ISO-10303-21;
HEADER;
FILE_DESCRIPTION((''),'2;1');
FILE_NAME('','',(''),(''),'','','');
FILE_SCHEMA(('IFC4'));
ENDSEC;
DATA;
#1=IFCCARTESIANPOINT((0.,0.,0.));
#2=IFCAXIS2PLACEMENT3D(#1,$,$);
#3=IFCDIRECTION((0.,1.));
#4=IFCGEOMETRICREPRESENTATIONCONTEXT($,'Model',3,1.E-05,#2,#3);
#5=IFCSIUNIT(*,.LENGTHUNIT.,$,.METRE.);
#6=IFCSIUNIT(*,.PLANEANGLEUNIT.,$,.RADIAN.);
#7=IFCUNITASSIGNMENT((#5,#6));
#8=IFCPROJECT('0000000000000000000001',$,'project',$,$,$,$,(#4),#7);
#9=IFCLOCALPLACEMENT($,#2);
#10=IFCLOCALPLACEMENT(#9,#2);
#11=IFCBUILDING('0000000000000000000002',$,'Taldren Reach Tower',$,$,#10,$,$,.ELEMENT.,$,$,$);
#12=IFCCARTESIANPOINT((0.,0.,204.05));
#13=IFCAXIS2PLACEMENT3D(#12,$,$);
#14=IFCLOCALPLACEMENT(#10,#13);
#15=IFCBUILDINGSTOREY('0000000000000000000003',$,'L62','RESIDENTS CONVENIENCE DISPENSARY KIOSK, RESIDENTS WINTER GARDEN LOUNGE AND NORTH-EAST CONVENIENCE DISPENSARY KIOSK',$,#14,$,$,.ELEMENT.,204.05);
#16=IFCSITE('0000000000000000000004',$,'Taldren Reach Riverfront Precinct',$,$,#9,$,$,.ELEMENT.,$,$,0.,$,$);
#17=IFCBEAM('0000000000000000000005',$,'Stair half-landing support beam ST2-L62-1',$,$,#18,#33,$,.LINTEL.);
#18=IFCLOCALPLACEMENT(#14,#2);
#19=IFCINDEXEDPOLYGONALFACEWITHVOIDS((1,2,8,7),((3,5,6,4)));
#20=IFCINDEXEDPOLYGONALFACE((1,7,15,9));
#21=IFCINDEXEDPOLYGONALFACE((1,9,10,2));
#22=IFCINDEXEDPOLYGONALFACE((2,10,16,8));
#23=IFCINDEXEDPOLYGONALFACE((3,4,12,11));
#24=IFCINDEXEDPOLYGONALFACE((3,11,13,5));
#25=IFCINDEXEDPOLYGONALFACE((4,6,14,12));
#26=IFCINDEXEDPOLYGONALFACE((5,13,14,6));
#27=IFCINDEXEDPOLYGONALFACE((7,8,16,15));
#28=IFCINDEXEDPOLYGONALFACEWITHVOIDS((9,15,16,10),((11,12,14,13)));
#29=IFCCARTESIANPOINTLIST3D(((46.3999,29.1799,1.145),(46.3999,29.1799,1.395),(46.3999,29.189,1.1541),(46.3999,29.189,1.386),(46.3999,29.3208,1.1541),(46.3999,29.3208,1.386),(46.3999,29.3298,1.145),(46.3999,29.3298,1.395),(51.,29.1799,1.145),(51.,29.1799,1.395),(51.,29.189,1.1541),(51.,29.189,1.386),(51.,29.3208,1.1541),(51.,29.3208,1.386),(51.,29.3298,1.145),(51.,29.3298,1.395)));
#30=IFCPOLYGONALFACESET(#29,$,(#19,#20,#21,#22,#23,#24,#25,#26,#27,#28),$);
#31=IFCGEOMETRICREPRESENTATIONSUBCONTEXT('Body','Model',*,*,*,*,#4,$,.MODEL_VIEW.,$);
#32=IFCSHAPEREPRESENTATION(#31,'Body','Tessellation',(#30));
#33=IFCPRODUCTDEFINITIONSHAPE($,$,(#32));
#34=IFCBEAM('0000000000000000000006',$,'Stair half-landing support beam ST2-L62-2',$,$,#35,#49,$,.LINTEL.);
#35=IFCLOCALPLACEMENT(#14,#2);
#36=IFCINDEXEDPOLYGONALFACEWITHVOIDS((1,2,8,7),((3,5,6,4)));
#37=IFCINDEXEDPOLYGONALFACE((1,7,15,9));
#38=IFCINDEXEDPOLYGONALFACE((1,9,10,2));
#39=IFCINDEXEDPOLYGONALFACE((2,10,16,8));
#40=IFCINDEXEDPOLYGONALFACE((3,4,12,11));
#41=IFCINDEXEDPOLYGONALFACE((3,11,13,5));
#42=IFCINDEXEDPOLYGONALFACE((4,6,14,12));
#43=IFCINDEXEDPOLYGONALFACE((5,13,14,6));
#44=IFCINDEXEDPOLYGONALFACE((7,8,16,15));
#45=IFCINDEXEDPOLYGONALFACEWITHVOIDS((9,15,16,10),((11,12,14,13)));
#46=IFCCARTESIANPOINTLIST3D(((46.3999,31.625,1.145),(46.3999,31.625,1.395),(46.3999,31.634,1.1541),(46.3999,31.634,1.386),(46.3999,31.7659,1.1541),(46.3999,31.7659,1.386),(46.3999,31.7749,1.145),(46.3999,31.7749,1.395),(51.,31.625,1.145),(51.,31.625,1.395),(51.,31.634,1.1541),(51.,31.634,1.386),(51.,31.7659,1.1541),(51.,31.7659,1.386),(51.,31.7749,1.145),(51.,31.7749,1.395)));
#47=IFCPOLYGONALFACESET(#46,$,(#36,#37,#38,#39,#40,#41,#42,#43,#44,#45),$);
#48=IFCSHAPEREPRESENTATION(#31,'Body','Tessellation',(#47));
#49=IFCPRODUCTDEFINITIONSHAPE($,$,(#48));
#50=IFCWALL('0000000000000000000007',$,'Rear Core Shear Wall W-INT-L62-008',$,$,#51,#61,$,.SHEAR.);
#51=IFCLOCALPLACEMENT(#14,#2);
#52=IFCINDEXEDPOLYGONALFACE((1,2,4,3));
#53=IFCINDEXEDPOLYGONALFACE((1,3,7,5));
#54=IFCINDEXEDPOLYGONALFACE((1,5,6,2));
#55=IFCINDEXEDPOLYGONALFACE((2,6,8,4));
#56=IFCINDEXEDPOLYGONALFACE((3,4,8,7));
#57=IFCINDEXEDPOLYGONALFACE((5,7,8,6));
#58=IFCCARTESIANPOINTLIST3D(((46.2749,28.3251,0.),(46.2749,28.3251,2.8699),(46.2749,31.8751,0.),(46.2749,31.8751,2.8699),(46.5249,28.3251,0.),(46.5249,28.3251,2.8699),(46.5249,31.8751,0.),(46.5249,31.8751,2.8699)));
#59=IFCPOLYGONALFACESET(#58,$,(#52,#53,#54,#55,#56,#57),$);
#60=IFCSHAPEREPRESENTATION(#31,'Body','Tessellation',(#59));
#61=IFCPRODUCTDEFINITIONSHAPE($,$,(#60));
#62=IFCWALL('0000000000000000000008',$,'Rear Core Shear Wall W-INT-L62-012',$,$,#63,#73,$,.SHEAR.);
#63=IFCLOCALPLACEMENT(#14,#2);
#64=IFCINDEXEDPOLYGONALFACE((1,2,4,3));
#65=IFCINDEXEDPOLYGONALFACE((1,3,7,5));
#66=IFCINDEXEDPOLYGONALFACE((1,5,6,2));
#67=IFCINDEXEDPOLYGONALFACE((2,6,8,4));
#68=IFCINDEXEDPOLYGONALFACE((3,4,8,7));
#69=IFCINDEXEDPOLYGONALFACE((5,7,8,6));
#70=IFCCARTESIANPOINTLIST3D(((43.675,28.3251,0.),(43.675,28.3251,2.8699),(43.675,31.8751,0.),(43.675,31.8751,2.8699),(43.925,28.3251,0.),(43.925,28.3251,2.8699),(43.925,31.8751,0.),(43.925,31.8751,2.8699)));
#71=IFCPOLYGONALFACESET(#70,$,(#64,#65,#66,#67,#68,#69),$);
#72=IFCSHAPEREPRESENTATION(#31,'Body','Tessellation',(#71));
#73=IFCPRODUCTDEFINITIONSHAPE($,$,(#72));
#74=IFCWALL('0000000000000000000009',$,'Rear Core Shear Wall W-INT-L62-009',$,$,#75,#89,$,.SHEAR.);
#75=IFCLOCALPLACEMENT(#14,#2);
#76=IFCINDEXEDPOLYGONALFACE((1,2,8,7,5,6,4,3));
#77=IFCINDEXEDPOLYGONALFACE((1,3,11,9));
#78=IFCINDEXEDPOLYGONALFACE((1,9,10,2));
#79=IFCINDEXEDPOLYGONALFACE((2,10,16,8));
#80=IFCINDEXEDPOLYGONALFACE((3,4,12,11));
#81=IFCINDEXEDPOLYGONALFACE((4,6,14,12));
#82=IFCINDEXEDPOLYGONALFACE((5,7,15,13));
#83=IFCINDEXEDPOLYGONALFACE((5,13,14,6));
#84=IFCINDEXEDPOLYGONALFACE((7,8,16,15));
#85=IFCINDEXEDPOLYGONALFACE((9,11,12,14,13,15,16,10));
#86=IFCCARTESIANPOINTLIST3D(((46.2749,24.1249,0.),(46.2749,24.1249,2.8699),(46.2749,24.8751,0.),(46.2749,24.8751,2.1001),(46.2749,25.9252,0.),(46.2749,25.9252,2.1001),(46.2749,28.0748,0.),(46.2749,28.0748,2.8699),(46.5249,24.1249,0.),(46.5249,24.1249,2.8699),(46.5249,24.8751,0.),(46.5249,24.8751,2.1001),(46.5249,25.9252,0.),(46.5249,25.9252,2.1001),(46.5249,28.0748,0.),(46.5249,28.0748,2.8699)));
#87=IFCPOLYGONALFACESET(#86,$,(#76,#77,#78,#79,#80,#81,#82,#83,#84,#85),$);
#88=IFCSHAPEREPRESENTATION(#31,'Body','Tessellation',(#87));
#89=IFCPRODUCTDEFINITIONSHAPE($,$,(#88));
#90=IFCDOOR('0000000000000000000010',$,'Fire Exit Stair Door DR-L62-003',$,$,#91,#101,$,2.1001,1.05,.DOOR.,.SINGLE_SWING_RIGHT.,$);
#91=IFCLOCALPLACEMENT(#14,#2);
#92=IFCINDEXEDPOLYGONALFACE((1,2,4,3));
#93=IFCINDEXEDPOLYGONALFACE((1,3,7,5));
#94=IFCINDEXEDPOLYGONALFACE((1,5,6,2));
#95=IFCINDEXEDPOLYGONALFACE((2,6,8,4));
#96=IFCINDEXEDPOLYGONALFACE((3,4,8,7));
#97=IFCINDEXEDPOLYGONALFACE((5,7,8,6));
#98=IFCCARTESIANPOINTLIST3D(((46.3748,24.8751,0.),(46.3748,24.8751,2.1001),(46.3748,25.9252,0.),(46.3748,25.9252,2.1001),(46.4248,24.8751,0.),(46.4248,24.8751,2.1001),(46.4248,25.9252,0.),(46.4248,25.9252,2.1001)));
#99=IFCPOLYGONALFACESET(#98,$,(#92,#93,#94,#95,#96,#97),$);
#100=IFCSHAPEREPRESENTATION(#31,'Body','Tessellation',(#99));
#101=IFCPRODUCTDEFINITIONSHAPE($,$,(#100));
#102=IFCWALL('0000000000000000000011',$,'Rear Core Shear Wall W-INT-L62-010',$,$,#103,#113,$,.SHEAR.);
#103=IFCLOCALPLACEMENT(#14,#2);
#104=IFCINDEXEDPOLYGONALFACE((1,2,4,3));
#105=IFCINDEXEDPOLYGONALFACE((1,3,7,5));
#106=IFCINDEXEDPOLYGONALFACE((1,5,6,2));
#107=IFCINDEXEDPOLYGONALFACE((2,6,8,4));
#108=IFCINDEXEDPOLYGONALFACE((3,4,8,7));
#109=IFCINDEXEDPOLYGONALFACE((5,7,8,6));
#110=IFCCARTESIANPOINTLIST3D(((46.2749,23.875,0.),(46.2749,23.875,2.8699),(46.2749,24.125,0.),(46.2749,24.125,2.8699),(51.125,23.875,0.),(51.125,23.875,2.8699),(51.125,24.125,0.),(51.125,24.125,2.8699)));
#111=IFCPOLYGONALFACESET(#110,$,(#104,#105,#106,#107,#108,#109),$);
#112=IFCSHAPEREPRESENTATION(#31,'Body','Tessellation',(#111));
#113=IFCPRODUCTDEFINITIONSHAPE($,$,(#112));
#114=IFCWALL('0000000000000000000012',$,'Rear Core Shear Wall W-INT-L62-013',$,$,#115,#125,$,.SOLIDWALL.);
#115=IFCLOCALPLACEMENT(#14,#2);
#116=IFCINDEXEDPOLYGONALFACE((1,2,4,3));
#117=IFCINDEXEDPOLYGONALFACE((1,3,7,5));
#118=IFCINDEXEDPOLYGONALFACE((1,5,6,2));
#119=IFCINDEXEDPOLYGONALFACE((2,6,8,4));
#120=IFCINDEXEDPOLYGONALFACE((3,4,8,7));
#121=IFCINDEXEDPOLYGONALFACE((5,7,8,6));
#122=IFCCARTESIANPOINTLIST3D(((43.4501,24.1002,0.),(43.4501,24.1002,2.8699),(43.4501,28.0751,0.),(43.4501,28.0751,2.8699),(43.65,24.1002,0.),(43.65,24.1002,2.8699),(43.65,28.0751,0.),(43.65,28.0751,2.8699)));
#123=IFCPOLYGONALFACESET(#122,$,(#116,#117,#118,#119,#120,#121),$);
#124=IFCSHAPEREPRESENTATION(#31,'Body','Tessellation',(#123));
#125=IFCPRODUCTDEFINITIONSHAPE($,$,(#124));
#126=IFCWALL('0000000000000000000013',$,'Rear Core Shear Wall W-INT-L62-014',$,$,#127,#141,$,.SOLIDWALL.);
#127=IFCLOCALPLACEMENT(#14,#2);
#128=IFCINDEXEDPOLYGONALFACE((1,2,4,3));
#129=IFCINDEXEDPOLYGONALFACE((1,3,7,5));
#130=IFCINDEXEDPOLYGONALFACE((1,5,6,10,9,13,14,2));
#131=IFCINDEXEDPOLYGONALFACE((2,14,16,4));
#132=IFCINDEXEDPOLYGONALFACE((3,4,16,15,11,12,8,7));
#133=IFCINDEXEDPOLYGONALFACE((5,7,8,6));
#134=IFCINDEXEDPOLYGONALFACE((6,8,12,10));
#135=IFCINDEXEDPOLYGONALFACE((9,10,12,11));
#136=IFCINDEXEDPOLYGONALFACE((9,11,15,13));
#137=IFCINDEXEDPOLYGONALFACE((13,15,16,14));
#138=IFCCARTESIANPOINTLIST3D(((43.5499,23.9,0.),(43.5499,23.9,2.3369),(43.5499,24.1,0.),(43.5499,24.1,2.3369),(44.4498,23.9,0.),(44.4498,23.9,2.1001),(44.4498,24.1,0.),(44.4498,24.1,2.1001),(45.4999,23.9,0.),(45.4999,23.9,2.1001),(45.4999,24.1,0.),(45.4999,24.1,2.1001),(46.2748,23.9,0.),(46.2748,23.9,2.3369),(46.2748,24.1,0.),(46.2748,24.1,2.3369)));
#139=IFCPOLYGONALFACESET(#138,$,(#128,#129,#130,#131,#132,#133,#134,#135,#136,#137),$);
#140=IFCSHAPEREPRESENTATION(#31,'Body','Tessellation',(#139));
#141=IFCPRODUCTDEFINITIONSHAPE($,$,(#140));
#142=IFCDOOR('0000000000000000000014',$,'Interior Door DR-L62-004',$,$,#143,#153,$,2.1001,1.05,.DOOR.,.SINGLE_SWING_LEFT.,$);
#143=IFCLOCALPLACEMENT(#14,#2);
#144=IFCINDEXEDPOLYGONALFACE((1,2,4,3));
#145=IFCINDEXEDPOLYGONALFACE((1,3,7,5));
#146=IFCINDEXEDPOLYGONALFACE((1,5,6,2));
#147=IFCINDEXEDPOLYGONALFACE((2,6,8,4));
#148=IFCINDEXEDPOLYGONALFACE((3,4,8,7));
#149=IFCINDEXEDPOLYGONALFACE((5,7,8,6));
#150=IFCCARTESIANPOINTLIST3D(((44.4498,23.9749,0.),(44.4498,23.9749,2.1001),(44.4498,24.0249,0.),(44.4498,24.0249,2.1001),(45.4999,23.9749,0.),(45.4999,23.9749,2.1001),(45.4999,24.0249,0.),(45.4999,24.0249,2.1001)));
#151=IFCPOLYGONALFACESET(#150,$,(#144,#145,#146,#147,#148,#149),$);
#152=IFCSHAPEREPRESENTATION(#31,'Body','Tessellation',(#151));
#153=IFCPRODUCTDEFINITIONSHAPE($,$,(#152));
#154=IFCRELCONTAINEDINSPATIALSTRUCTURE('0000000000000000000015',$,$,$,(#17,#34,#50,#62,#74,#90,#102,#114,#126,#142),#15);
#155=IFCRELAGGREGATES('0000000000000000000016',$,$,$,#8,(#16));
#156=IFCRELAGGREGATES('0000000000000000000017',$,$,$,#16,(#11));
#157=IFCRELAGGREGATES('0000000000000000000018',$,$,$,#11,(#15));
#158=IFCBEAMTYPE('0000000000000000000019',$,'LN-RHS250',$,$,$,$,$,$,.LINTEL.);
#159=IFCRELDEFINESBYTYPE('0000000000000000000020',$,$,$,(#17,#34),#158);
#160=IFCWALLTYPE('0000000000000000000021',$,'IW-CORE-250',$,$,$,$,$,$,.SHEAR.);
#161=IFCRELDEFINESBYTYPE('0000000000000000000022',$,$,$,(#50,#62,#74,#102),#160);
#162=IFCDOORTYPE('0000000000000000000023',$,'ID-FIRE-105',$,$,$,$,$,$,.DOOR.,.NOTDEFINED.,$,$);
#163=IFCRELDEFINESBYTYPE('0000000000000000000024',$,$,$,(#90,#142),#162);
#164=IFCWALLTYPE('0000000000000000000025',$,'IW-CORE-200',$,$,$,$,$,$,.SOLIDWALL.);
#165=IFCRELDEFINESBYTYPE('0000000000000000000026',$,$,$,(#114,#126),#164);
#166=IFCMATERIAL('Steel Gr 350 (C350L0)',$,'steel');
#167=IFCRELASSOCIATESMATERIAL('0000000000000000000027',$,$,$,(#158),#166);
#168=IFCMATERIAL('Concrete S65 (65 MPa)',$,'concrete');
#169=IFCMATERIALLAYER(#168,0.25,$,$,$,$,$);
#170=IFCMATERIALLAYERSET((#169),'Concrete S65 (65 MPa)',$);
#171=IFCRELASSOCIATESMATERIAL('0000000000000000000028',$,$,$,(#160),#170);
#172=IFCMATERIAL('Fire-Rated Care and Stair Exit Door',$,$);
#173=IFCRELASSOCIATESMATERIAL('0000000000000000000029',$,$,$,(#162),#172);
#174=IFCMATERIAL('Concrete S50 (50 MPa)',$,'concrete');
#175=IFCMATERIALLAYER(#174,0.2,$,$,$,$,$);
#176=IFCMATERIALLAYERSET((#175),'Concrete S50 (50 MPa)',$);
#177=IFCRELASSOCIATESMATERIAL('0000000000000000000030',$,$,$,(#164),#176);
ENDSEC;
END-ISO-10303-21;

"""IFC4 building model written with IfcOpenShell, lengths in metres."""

from ifc_helpers import new_model, si_unit, direction, frame, frame_2d, origin, origin_2d, place, context, subcontext, project, spatial, rectangle, hollow_rectangle, extrude, source, transform, mapped, material, layer, layer_set, material_profile, profile_set, type_object, element, fill, save


model = new_model("IFC4")

# Units and contexts
model_context = context("Model", 3, precision=1e-05, world=origin(), true_north=direction((0.0, 1.0)))
body_context = subcontext(model_context, "Body", "Model", "MODEL_VIEW")
ifc_project = project(units=[si_unit("LENGTHUNIT", "METRE"), si_unit("PLANEANGLEUNIT", "RADIAN")], contexts=[model_context])

# Site, building, storey
site_placement = place(None, origin())
site = spatial("IfcSite", under=ifc_project, at=site_placement, Name="Taldren Reach Riverfront Precinct", CompositionType="ELEMENT", RefElevation=0.0)
building_placement = place(site_placement, origin())
building = spatial("IfcBuilding", under=site, at=building_placement, Name="Taldren Reach Tower", CompositionType="ELEMENT")
storey_placement = place(building_placement, frame((0.0, 0.0, 204.05)))
storey = spatial("IfcBuildingStorey", under=building, at=storey_placement, Name="L62", Description="RESIDENTS CONVENIENCE DISPENSARY KIOSK, RESIDENTS WINTER GARDEN LOUNGE AND NORTH-EAST CONVENIENCE DISPENSARY KIOSK", CompositionType="ELEMENT", Elevation=204.05)

# Beams
ifc_material_1 = material(Name="Steel Gr 350 (C350L0)", Category="steel")
ifc_material_profile = material_profile(ifc_material_1, hollow_rectangle(XDim=0.1499, YDim=0.25, WallThickness=0.009, at=origin_2d()), Name="250x150x9.0RHS")
ifc_profile_set = profile_set([ifc_material_profile], Name="Steel Gr 350 (C350L0)")
beam_type = type_object("IfcBeamType", Name="LN-RHS250", PredefinedType="LINTEL", material=ifc_profile_set)
shared_shape_1 = source(origin(), body_context, "Body", "SweptSolid", [
    extrude(hollow_rectangle(XDim=0.1499, YDim=0.25, WallThickness=0.009, at=origin_2d()), origin(), (0.0, 0.0, 1.0), 4.6001),
])
for number, where, z_axis, x_axis, name in (
    (1, (46.3999, 29.2549, 1.27), (1.0, 0.0, 0.0), (0.0, 1.0, 0.0), "Stair half-landing support beam ST2-L62-1"),
    (2, (46.3999, 31.7, 1.27), (1.0, 0.0, 0.0), (0.0, 1.0, 0.0), "Stair half-landing support beam ST2-L62-2"),
):
    element("IfcBeam", number, at=place(storey_placement, frame(where, z_axis=z_axis, x_axis=x_axis)), inside=storey, type_object=beam_type, Name=name, PredefinedType="LINTEL", context=body_context, shape_type="MappedRepresentation", body=[
        mapped(shared_shape_1, transform((0.0, 0.0, 0.0), scale=1.0)),
    ])

# Walls
ifc_material_2 = material(Name="Concrete S65 (65 MPa)", Category="concrete")
ifc_layer_1 = layer(ifc_material_2, 0.25)
ifc_layer_set_1 = layer_set([ifc_layer_1], Name="Concrete S65 (65 MPa)")
wall_type_1 = type_object("IfcWallType", Name="IW-CORE-250", PredefinedType="SHEAR", material=ifc_layer_set_1)
shared_shape_2 = source(origin(), body_context, "Body", "SweptSolid", [
    extrude(rectangle(XDim=3.55, YDim=0.25, at=frame_2d((1.7749, 0.0))), origin(), (0.0, 0.0, 1.0), 2.8699),
])
for number, where, z_axis, x_axis, name in (
    (3, (46.3999, 31.875, 0.0), (0.0, 0.0, 1.0), (0.0, -1.0, 0.0), "Rear Core Shear Wall W-INT-L62-008"),
    (4, (43.8, 31.875, 0.0), (0.0, 0.0, 1.0), (0.0, -1.0, 0.0), "Rear Core Shear Wall W-INT-L62-012"),
):
    element("IfcWall", number, at=place(storey_placement, frame(where, z_axis=z_axis, x_axis=x_axis)), inside=storey, type_object=wall_type_1, Name=name, PredefinedType="SHEAR", context=body_context, shape_type="MappedRepresentation", body=[
        mapped(shared_shape_2, transform((0.0, 0.0, 0.0), scale=1.0)),
    ])

# Wall, opening, door
shared_shape_3 = source(origin(), body_context, "Body", "SweptSolid", [
    extrude(rectangle(XDim=3.95, YDim=0.25, at=frame_2d((1.9751, 0.0))), origin(), (0.0, 0.0, 1.0), 2.8699),
])
wall_1_placement = place(storey_placement, frame((46.3999, 28.075, 0.0), z_axis=(0.0, 0.0, 1.0), x_axis=(0.0, -1.0, 0.0)))
wall_1 = element("IfcWall", 5, at=wall_1_placement, inside=storey, type_object=wall_type_1, Name="Rear Core Shear Wall W-INT-L62-009", PredefinedType="SHEAR", context=body_context, shape_type="MappedRepresentation", body=[
    mapped(shared_shape_3, transform((0.0, 0.0, 0.0), scale=1.0)),
])
shared_shape_4 = source(origin(), body_context, "Body", "SweptSolid", [
    extrude(rectangle(XDim=1.05, YDim=2.1001, at=frame_2d((0.5249, 1.05))), frame((0.0, 0.135, 0.0), z_axis=(0.0, -1.0, 0.0), x_axis=(1.0, 0.0, 0.0)), (0.0, 0.0, 1.0), 0.27),
])
opening_1_placement = place(wall_1_placement, frame((2.1499, 0.0, 0.0)))
opening_1 = element("IfcOpeningElement", 6, at=opening_1_placement, cuts=wall_1, PredefinedType="OPENING", context=body_context, shape_type="MappedRepresentation", body=[
    mapped(shared_shape_4, transform((0.0, 0.0, 0.0), scale=1.0)),
])
ifc_material_3 = material(Name="Fire-Rated Care and Stair Exit Door")
door_type_1 = type_object("IfcDoorType", Name="ID-FIRE-105", OperationType="NOTDEFINED", PredefinedType="DOOR", material=ifc_material_3)
shared_shape_5 = source(origin(), body_context, "Body", "SweptSolid", [
    extrude(rectangle(XDim=1.05, YDim=2.1001, at=frame_2d((0.5249, 1.05))), frame((0.0, 0.0249, 0.0), z_axis=(0.0, -1.0, 0.0), x_axis=(1.0, 0.0, 0.0)), (0.0, 0.0, 1.0), 0.05),
])
door_1_placement = place(opening_1_placement, origin())
door_1 = element("IfcDoor", 7, at=door_1_placement, inside=storey, type_object=door_type_1, Name="Fire Exit Stair Door DR-L62-003", OperationType="SINGLE_SWING_RIGHT", OverallHeight=2.1001, OverallWidth=1.05, PredefinedType="DOOR", context=body_context, shape_type="MappedRepresentation", body=[
    mapped(shared_shape_5, transform((0.0, 0.0, 0.0), scale=1.0)),
])
fill(opening_1, door_1)

# Wall
shared_shape_6 = source(origin(), body_context, "Body", "SweptSolid", [
    extrude(rectangle(XDim=4.8501, YDim=0.25, at=frame_2d((2.425, 0.0))), origin(), (0.0, 0.0, 1.0), 2.8699),
])
wall_2_placement = place(storey_placement, frame((46.2749, 24.0, 0.0), z_axis=(0.0, 0.0, 1.0), x_axis=(1.0, 0.0, 0.0)))
element("IfcWall", 8, at=wall_2_placement, inside=storey, type_object=wall_type_1, Name="Rear Core Shear Wall W-INT-L62-010", PredefinedType="SHEAR", context=body_context, shape_type="MappedRepresentation", body=[
    mapped(shared_shape_6, transform((0.0, 0.0, 0.0), scale=1.0)),
])

# Wall
ifc_material_4 = material(Name="Concrete S50 (50 MPa)", Category="concrete")
ifc_layer_2 = layer(ifc_material_4, 0.2)
ifc_layer_set_2 = layer_set([ifc_layer_2], Name="Concrete S50 (50 MPa)")
wall_type_2 = type_object("IfcWallType", Name="IW-CORE-200", PredefinedType="SOLIDWALL", material=ifc_layer_set_2)
shared_shape_7 = source(origin(), body_context, "Body", "SweptSolid", [
    extrude(rectangle(XDim=3.9749, YDim=0.2, at=frame_2d((1.9873, 0.0))), origin(), (0.0, 0.0, 1.0), 2.8699),
])
wall_3_placement = place(storey_placement, frame((43.55, 28.075, 0.0), z_axis=(0.0, 0.0, 1.0), x_axis=(0.0, -1.0, 0.0)))
element("IfcWall", 9, at=wall_3_placement, inside=storey, type_object=wall_type_2, Name="Rear Core Shear Wall W-INT-L62-013", PredefinedType="SOLIDWALL", context=body_context, shape_type="MappedRepresentation", body=[
    mapped(shared_shape_7, transform((0.0, 0.0, 0.0), scale=1.0)),
])

# Wall, opening, door
shared_shape_8 = source(origin(), body_context, "Body", "SweptSolid", [
    extrude(rectangle(XDim=2.7249, YDim=0.2, at=frame_2d((1.3623, 0.0))), origin(), (0.0, 0.0, 1.0), 2.3369),
])
wall_4_placement = place(storey_placement, frame((43.55, 24.0, 0.0), z_axis=(0.0, 0.0, 1.0), x_axis=(1.0, 0.0, 0.0)))
wall_4 = element("IfcWall", 10, at=wall_4_placement, inside=storey, type_object=wall_type_2, Name="Rear Core Shear Wall W-INT-L62-014", PredefinedType="SOLIDWALL", context=body_context, shape_type="MappedRepresentation", body=[
    mapped(shared_shape_8, transform((0.0, 0.0, 0.0), scale=1.0)),
])
shared_shape_9 = source(origin(), body_context, "Body", "SweptSolid", [
    extrude(rectangle(XDim=1.05, YDim=2.1001, at=frame_2d((0.5249, 1.05))), frame((0.0, 0.1099, 0.0), z_axis=(0.0, -1.0, 0.0), x_axis=(1.0, 0.0, 0.0)), (0.0, 0.0, 1.0), 0.22),
])
opening_2_placement = place(wall_4_placement, frame((0.8999, 0.0, 0.0)))
opening_2 = element("IfcOpeningElement", 11, at=opening_2_placement, cuts=wall_4, PredefinedType="OPENING", context=body_context, shape_type="MappedRepresentation", body=[
    mapped(shared_shape_9, transform((0.0, 0.0, 0.0), scale=1.0)),
])
door_2_placement = place(opening_2_placement, origin())
door_2 = element("IfcDoor", 12, at=door_2_placement, inside=storey, type_object=door_type_1, Name="Interior Door DR-L62-004", OperationType="SINGLE_SWING_LEFT", OverallHeight=2.1001, OverallWidth=1.05, PredefinedType="DOOR", context=body_context, shape_type="MappedRepresentation", body=[
    mapped(shared_shape_5, transform((0.0, 0.0, 0.0), scale=1.0)),
])
fill(opening_2, door_2)

save(model, "model.ifc")
